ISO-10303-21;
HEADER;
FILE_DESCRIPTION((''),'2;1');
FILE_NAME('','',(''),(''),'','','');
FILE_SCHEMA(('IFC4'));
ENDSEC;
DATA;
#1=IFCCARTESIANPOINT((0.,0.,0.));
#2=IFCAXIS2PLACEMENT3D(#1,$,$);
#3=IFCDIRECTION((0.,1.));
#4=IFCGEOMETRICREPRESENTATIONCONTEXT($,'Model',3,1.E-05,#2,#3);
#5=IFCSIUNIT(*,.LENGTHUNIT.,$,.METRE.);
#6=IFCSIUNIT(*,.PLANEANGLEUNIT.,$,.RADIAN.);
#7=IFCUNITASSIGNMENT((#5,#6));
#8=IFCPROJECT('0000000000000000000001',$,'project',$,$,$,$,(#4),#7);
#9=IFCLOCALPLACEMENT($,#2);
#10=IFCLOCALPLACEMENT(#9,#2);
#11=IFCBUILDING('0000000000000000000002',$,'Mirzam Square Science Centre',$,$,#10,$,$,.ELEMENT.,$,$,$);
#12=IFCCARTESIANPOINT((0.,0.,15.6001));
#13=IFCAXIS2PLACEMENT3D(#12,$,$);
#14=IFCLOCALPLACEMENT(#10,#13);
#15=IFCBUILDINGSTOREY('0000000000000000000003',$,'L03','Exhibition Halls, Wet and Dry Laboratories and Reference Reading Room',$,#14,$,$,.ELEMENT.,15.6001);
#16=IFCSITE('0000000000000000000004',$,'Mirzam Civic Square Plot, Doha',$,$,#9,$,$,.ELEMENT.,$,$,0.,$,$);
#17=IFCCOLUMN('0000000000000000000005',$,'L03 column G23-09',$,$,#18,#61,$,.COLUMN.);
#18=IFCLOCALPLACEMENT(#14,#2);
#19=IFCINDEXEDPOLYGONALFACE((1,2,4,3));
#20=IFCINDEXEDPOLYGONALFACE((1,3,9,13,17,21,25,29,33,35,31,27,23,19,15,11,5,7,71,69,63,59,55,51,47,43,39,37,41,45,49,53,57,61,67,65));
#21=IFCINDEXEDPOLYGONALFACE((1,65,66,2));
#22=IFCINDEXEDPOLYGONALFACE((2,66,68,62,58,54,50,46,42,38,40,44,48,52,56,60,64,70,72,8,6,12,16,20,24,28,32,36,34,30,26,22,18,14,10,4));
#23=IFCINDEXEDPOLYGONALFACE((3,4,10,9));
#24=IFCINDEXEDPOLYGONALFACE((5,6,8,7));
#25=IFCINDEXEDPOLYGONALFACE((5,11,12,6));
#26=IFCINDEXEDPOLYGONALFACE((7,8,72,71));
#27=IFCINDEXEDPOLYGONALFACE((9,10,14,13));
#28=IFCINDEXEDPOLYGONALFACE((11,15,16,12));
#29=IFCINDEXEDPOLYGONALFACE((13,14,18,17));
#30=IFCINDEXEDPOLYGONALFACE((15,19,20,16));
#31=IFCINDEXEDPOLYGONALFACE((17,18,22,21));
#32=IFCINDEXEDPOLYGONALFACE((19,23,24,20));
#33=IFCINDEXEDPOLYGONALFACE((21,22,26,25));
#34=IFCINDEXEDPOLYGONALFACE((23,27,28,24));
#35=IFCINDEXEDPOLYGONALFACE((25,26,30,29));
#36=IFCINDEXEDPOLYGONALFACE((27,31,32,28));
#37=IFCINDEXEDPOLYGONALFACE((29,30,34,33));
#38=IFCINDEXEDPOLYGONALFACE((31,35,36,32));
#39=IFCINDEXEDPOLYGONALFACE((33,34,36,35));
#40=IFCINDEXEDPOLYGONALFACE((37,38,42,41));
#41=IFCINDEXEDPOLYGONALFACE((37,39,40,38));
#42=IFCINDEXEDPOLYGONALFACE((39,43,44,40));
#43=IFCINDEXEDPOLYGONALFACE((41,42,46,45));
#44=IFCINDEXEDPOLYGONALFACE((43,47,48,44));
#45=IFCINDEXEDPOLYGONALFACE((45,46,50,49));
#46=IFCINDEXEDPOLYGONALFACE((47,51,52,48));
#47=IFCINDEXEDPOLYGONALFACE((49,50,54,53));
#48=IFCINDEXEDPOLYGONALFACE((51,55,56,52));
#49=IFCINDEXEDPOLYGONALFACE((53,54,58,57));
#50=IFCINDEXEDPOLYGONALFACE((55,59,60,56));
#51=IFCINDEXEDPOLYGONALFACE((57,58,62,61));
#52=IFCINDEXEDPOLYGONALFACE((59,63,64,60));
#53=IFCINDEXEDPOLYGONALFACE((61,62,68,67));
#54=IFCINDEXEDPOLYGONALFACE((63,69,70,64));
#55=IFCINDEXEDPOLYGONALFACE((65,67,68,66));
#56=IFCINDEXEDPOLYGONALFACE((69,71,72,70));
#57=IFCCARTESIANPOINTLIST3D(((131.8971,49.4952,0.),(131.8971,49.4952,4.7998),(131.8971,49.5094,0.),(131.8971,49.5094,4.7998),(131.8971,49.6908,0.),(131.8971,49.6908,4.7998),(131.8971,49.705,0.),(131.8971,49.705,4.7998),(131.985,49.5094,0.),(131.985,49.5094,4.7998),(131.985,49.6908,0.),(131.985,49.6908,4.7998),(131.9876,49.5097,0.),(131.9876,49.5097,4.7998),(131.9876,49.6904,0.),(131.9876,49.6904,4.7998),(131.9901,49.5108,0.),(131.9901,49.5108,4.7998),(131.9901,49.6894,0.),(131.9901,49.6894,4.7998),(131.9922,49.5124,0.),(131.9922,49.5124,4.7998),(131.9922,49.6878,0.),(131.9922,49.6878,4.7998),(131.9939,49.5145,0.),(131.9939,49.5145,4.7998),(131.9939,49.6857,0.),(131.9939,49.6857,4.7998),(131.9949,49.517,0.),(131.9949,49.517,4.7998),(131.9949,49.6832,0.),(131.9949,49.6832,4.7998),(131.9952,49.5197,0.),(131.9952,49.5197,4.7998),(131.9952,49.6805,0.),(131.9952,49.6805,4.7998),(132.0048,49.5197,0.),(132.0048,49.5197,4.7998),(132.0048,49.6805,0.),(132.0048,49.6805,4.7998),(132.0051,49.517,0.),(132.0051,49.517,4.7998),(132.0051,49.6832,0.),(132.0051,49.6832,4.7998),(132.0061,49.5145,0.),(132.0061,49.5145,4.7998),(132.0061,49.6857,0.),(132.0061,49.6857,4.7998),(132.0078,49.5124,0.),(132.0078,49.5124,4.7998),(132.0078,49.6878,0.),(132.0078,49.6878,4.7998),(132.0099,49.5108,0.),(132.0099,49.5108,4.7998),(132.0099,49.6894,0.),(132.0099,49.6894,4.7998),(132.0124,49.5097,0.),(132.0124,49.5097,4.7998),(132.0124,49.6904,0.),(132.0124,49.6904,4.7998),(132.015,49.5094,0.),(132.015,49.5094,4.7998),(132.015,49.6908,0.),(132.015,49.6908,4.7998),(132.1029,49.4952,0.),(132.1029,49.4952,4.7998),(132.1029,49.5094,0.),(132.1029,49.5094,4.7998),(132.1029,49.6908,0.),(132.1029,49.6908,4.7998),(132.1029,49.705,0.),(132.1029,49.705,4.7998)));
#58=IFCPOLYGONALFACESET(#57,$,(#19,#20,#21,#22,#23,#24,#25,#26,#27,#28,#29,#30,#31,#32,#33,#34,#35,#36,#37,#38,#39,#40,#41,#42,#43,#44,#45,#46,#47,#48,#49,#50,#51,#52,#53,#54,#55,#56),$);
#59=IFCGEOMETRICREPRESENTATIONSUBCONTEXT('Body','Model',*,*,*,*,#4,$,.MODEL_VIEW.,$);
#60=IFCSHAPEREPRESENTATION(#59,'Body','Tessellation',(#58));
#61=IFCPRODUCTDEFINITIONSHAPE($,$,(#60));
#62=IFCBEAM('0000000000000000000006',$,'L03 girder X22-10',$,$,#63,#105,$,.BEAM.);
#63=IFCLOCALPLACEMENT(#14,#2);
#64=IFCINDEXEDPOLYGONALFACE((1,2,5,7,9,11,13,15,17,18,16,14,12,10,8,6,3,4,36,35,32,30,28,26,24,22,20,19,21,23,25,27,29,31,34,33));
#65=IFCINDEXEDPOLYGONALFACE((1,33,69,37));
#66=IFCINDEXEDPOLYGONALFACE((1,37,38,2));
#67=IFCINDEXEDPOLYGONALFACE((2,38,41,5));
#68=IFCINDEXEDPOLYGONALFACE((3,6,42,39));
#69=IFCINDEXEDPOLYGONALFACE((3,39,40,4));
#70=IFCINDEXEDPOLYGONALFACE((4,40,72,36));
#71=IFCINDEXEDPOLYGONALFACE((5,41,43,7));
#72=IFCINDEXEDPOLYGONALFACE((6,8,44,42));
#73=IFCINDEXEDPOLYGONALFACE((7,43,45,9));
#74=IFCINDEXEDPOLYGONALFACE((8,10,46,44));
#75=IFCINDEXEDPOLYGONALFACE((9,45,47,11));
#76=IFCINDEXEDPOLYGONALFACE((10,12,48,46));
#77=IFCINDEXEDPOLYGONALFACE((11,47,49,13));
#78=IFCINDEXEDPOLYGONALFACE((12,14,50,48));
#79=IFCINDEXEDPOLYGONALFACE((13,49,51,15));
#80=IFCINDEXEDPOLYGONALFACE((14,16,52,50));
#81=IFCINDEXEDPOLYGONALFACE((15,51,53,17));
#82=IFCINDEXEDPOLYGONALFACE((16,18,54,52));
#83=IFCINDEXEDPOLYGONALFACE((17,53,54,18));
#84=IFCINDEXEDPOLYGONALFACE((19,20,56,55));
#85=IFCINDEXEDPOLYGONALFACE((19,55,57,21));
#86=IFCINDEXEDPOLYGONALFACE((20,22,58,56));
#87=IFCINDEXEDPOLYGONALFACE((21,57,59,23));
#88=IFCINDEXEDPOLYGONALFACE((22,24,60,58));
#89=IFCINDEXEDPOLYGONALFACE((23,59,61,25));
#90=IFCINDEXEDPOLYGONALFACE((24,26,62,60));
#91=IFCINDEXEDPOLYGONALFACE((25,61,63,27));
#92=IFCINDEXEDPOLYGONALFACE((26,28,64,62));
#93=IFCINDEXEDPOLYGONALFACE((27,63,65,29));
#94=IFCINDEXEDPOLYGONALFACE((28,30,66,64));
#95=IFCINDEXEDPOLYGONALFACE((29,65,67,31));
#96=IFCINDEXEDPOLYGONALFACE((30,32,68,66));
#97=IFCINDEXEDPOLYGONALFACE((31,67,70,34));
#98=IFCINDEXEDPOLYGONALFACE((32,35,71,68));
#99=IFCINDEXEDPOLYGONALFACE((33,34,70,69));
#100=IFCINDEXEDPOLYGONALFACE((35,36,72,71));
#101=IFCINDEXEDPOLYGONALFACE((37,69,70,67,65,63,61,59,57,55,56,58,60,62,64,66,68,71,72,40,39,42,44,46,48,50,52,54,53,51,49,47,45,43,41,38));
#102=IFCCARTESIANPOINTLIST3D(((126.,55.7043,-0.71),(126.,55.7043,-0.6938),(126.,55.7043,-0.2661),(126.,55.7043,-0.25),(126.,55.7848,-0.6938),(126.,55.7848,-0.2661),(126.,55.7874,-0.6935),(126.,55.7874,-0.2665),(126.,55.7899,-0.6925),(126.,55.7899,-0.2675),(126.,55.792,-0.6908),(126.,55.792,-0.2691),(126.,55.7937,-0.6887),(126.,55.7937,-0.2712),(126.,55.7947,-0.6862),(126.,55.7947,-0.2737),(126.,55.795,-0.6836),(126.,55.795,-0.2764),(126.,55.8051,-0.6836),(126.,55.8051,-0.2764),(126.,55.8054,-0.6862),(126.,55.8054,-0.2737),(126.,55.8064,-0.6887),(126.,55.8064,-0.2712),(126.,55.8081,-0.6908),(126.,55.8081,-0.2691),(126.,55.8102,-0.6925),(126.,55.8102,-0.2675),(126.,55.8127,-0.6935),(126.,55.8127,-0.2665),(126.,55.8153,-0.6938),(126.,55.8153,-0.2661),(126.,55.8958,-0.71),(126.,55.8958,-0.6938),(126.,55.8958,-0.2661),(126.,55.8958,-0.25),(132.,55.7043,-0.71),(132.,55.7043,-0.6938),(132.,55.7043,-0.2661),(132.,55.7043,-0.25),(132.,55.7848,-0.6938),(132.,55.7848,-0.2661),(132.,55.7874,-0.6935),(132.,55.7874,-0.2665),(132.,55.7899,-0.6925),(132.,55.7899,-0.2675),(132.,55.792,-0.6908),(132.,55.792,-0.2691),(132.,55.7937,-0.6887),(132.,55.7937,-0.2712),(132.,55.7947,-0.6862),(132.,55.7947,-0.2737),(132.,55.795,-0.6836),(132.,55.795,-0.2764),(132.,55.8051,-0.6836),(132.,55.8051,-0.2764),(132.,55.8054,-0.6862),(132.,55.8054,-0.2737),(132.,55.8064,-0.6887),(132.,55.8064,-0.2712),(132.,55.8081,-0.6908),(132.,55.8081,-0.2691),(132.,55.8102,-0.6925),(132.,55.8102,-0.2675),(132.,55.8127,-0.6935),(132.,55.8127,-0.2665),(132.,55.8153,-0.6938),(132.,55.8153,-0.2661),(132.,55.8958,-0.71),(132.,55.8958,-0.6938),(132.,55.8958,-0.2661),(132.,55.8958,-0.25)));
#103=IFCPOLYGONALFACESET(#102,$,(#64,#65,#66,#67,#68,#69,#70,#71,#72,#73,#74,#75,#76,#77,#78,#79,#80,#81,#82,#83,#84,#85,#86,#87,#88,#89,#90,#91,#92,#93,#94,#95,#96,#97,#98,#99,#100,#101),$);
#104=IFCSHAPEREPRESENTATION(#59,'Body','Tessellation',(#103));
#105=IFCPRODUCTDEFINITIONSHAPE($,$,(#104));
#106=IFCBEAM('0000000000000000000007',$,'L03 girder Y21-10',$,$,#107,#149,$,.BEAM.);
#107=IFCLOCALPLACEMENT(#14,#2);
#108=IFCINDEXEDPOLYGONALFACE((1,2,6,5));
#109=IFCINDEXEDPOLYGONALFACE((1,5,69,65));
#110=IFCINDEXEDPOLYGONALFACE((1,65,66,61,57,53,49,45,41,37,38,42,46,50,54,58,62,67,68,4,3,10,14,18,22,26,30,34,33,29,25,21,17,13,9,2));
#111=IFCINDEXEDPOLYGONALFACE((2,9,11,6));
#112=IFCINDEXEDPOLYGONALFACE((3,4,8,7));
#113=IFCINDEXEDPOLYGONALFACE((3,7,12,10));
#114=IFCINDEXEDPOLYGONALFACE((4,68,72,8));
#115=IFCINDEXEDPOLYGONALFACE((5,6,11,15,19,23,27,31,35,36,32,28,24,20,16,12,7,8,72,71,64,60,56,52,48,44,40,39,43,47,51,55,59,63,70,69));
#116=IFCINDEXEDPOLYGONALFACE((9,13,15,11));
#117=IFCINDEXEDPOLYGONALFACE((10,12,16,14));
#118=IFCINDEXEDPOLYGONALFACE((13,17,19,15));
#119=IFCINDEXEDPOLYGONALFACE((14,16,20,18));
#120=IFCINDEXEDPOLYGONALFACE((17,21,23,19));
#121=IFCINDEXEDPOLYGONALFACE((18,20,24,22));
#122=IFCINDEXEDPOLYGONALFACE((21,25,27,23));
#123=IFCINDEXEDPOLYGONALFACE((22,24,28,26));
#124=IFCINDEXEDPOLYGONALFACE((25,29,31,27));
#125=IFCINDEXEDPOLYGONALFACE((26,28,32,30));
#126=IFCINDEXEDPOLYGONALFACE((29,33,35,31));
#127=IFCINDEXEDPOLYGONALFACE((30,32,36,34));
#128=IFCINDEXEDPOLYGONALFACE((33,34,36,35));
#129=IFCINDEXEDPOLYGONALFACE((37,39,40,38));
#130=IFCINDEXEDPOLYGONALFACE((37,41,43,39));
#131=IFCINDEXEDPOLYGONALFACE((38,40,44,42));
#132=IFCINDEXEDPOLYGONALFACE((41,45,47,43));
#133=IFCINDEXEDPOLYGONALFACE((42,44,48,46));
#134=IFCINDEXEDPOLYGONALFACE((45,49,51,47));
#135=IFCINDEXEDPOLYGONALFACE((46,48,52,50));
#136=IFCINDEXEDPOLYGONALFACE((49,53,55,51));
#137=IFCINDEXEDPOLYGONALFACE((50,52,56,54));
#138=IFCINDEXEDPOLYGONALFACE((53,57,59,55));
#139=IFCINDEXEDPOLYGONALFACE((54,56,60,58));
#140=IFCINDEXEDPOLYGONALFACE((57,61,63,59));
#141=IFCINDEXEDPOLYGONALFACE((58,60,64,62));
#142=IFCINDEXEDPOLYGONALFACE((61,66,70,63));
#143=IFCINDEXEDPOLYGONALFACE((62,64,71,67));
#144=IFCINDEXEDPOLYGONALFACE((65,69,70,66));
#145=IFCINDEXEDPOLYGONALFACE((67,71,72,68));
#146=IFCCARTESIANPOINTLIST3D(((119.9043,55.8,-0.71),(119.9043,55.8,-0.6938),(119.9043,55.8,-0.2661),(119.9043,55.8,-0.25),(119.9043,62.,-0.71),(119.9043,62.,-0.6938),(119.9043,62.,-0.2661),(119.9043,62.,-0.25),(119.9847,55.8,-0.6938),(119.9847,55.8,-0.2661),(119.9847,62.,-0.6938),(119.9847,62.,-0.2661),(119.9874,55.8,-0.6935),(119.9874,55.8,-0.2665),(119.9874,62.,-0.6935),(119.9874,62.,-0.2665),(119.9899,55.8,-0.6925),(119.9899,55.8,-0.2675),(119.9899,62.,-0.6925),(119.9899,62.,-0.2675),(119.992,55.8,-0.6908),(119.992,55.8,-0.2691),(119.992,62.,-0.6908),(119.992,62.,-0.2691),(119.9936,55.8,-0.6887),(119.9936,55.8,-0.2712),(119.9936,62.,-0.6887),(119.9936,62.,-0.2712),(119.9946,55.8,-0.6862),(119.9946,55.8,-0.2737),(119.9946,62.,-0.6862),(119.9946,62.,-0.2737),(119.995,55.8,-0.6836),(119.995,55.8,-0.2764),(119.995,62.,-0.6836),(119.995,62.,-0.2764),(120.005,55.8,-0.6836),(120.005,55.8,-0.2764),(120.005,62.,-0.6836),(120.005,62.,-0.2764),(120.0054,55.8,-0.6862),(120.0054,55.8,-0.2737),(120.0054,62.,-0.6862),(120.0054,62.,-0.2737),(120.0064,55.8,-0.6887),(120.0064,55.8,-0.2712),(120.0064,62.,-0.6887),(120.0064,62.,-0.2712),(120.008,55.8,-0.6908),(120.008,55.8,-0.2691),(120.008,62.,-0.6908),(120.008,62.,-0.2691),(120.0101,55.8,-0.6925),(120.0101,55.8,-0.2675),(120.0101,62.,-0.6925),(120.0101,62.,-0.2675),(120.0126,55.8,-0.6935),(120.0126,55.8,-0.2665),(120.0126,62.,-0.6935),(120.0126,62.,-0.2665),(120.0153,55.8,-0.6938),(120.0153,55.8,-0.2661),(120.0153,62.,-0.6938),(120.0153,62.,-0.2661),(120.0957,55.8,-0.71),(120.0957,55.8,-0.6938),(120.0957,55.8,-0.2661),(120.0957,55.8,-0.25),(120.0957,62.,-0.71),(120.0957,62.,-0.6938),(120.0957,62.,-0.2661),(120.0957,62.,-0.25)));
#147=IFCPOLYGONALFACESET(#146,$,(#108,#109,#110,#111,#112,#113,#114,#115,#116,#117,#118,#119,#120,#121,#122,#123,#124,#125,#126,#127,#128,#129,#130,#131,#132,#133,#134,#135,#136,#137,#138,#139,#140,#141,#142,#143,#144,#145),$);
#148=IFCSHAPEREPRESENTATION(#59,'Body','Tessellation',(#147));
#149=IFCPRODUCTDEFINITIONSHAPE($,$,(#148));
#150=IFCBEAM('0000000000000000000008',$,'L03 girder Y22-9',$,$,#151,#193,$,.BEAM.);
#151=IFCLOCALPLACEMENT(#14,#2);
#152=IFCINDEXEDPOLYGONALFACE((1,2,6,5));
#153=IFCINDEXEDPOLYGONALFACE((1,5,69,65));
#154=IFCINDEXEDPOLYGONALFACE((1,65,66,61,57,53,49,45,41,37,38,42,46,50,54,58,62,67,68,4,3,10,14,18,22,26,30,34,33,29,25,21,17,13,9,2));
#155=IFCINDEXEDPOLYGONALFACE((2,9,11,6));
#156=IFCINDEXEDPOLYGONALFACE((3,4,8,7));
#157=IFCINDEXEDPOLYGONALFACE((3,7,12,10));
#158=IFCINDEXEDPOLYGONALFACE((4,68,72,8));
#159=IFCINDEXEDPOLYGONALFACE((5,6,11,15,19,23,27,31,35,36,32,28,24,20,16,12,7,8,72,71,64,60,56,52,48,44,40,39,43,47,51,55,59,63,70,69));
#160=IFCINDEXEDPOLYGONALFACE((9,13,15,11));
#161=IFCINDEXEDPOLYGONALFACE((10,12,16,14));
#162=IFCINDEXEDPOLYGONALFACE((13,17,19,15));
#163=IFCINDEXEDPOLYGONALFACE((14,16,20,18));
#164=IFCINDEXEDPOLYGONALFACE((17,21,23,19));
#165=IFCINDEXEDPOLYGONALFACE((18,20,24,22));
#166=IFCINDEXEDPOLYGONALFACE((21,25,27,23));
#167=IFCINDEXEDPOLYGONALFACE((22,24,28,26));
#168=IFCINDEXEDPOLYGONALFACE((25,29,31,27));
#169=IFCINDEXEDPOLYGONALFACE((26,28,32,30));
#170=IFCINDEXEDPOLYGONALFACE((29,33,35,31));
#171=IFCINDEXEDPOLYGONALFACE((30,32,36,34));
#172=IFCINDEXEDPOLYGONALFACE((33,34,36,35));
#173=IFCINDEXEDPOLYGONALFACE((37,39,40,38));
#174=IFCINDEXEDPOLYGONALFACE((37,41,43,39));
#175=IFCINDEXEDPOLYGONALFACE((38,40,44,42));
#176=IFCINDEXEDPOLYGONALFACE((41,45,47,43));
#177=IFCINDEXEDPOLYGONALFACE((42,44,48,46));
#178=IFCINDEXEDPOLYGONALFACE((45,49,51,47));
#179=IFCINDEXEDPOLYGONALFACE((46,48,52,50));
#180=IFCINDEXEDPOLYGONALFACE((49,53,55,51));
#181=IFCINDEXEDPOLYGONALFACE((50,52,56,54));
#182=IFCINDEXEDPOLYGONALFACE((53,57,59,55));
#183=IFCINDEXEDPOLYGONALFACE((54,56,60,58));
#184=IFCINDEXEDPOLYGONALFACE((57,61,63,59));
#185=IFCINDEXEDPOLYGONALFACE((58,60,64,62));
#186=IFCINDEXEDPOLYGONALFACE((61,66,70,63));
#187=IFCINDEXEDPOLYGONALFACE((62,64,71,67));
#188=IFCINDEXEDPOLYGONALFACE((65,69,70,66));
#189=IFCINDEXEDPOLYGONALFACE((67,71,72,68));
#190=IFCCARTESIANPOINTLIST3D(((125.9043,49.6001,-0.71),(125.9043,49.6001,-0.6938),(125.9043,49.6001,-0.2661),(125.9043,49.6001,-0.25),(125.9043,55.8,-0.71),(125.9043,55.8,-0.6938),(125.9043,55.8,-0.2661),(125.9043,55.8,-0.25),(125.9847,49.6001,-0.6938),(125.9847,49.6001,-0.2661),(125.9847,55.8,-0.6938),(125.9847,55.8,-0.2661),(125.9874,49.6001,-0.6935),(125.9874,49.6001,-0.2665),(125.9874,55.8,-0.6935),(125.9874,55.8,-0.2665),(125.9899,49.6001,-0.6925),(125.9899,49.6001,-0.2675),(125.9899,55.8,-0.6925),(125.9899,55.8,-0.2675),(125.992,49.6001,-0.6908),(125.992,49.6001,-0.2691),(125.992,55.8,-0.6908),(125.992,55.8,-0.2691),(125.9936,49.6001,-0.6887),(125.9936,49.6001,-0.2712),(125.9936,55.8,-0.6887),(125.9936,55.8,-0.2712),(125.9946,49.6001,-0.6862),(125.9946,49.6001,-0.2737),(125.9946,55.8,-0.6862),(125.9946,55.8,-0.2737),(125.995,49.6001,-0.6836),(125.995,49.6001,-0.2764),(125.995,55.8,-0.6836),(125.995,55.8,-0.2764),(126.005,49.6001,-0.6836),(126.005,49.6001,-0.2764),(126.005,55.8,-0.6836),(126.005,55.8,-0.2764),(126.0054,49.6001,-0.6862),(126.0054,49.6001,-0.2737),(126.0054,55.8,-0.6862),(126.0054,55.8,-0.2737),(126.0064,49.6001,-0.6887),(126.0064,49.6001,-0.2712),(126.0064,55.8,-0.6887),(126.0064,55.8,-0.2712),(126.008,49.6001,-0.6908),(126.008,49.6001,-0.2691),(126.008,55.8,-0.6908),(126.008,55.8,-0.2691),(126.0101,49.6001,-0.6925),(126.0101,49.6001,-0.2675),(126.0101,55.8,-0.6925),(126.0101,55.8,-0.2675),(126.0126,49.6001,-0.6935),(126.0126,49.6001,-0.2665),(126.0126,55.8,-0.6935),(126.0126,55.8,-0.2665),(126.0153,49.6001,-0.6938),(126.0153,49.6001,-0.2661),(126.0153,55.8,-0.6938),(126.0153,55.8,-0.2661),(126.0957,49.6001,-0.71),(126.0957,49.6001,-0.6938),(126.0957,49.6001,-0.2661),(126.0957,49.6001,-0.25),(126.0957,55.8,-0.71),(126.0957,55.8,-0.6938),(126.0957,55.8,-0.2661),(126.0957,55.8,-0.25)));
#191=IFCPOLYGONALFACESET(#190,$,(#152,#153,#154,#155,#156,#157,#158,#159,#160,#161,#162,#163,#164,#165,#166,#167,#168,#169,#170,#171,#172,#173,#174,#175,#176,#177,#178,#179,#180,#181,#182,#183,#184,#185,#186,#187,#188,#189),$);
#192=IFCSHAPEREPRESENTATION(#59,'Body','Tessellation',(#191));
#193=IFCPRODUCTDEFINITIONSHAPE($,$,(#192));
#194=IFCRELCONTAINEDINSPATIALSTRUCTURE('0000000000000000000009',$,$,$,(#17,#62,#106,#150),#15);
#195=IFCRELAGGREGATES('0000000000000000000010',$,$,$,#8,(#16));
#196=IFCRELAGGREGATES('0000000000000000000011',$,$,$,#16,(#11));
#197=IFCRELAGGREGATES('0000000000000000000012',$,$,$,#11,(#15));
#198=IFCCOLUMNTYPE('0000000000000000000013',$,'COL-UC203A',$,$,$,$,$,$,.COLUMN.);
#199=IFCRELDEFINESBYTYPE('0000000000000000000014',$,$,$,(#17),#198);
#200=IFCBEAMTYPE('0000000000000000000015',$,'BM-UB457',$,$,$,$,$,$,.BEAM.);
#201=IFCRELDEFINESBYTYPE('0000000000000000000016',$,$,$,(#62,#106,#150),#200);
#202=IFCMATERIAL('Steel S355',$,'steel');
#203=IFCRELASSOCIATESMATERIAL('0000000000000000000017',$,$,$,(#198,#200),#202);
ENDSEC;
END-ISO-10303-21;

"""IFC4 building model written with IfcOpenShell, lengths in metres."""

from ifc_helpers import new_model, si_unit, direction, frame, origin, origin_2d, place, context, subcontext, project, spatial, i_section, extrude, material, material_profile, profile_set, type_object, element, save


model = new_model("IFC4")

# Units and contexts
model_context = context("Model", 3, precision=1e-05, world=origin(), true_north=direction((0.0, 1.0)))
body_context = subcontext(model_context, "Body", "Model", "MODEL_VIEW")
ifc_project = project(units=[si_unit("LENGTHUNIT", "METRE"), si_unit("PLANEANGLEUNIT", "RADIAN")], contexts=[model_context])

# Site, building, storey
site_placement = place(None, origin())
site = spatial("IfcSite", under=ifc_project, at=site_placement, Name="Mirzam Civic Square Plot, Doha", CompositionType="ELEMENT", RefElevation=0.0)
building_placement = place(site_placement, origin())
building = spatial("IfcBuilding", under=site, at=building_placement, Name="Mirzam Square Science Centre", CompositionType="ELEMENT")
storey_placement = place(building_placement, frame((0.0, 0.0, 15.6001)))
storey = spatial("IfcBuildingStorey", under=building, at=storey_placement, Name="L03", Description="Exhibition Halls, Wet and Dry Laboratories and Reference Reading Room", CompositionType="ELEMENT", Elevation=15.6001)

# Column
ifc_material_1 = material(Name="Steel S355", Category="steel")
ifc_material_profile_1 = material_profile(ifc_material_1, i_section(OverallWidth=0.2058, OverallDepth=0.2097, WebThickness=0.0095, FlangeThickness=0.0142, FilletRadius=0.0103, at=origin_2d()), Name="203x203x60UC")
ifc_profile_set_1 = profile_set([ifc_material_profile_1], Name="Steel S355")
column_type_1 = type_object("IfcColumnType", Name="COL-UC203A", PredefinedType="COLUMN", material=ifc_profile_set_1)
for number, where, z_axis, x_axis, name in (
    (1, (132.0, 49.6001, 0.0), (0.0, 0.0, 1.0), (1.0, 0.0, 0.0), "L03 column G23-09"),
):
    element("IfcColumn", number, at=place(storey_placement, frame(where, z_axis=z_axis, x_axis=x_axis)), inside=storey, type_object=column_type_1, Name=name, PredefinedType="COLUMN", context=body_context, shape_type="SweptSolid", body=[
        extrude(i_section(OverallWidth=0.2058, OverallDepth=0.2097, WebThickness=0.0095, FlangeThickness=0.0142, FilletRadius=0.0103, at=origin_2d()), origin(), (0.0, 0.0, 1.0), 4.7998),
    ])

# Beams
ifc_material_profile_2 = material_profile(ifc_material_1, i_section(OverallWidth=0.1914, OverallDepth=0.46, WebThickness=0.01, FlangeThickness=0.0161, FilletRadius=0.0103, at=origin_2d()), Name="457x191x82UB")
ifc_profile_set_2 = profile_set([ifc_material_profile_2], Name="Steel S355")
beam_type_1 = type_object("IfcBeamType", Name="BM-UB457", PredefinedType="BEAM", material=ifc_profile_set_2)
beam_1_placement = place(storey_placement, frame((126.0, 55.8, -0.48), z_axis=(1.0, 0.0, 0.0), x_axis=(0.0, 1.0, 0.0)))
element("IfcBeam", 2, at=beam_1_placement, inside=storey, type_object=beam_type_1, Name="L03 girder X22-10", PredefinedType="BEAM", context=body_context, shape_type="SweptSolid", body=[
    extrude(i_section(OverallWidth=0.1914, OverallDepth=0.46, WebThickness=0.01, FlangeThickness=0.0161, FilletRadius=0.0103, at=origin_2d()), origin(), (0.0, 0.0, 1.0), 6.0),
])
for number, where, z_axis, x_axis, name in (
    (3, (120.0, 55.8, -0.48), (0.0, 1.0, 0.0), (-1.0, 0.0, 0.0), "L03 girder Y21-10"),
    (4, (126.0, 49.6001, -0.48), (0.0, 1.0, 0.0), (-1.0, 0.0, 0.0), "L03 girder Y22-9"),
):
    element("IfcBeam", number, at=place(storey_placement, frame(where, z_axis=z_axis, x_axis=x_axis)), inside=storey, type_object=beam_type_1, Name=name, PredefinedType="BEAM", context=body_context, shape_type="SweptSolid", body=[
        extrude(i_section(OverallWidth=0.1914, OverallDepth=0.46, WebThickness=0.01, FlangeThickness=0.0161, FilletRadius=0.0103, at=origin_2d()), origin(), (0.0, 0.0, 1.0), 6.2),
    ])

save(model, "model.ifc")
